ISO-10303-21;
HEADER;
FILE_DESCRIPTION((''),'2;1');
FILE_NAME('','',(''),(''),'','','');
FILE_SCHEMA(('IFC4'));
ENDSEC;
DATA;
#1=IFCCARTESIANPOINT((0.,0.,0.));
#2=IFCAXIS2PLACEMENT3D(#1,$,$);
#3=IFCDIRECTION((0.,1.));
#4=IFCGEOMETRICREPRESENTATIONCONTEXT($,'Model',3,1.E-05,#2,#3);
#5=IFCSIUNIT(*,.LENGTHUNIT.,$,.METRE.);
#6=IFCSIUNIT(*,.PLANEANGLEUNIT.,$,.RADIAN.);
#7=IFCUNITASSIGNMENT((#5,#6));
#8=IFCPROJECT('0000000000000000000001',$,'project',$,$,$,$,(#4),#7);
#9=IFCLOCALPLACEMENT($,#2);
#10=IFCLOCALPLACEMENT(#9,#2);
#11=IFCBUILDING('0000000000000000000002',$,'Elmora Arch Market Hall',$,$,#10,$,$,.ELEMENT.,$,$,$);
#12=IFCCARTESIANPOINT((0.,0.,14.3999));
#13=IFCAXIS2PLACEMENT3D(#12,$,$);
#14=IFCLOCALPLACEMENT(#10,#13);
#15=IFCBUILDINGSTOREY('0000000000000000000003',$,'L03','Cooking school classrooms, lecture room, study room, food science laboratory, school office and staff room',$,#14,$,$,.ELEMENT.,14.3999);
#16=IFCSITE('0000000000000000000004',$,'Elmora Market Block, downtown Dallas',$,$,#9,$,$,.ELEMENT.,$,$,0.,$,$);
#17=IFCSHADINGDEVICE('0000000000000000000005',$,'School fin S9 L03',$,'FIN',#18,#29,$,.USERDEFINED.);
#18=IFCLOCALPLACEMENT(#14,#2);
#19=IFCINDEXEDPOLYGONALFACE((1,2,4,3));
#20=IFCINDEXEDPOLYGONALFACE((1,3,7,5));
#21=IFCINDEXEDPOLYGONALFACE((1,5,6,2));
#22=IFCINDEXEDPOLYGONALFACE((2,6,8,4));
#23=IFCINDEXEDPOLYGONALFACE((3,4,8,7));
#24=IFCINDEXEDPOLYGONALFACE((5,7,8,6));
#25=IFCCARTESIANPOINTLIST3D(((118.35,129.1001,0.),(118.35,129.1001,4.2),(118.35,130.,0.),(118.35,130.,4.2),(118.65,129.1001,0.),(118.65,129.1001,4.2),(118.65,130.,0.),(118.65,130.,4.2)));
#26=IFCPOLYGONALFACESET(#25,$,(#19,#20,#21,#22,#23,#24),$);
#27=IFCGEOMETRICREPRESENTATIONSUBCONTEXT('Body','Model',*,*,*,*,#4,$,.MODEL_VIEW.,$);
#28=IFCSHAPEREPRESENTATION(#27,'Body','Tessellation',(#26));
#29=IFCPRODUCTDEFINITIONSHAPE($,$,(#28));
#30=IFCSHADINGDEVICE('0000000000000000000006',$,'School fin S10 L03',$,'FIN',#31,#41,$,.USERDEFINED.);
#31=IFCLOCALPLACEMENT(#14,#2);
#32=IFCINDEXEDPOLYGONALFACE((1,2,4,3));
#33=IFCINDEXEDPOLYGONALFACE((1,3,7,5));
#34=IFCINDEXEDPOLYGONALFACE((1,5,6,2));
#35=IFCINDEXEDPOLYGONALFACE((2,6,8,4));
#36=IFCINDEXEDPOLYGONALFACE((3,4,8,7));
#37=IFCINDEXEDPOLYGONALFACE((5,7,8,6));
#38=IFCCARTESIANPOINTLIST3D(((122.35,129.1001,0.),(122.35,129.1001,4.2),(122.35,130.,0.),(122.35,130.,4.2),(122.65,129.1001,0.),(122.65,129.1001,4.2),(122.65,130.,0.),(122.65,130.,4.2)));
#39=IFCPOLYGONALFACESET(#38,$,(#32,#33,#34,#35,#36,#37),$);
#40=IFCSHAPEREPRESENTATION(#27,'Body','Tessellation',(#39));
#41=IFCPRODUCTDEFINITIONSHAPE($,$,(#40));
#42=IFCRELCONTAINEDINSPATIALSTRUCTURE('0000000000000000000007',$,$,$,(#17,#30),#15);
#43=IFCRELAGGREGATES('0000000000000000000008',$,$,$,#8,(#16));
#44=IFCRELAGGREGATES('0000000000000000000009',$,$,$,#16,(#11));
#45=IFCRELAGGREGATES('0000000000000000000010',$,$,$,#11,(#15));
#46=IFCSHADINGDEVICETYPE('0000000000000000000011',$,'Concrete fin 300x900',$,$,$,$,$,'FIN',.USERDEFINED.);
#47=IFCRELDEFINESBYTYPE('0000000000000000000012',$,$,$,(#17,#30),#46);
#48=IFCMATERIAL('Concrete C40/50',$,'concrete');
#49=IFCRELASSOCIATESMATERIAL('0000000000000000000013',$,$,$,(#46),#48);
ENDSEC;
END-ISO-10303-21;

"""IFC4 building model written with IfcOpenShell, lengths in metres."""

from ifc_helpers import new_model, si_unit, direction, frame, origin, origin_2d, place, context, subcontext, project, spatial, rectangle, extrude, material, type_object, element, save


model = new_model("IFC4")

# Units and contexts
model_context = context("Model", 3, precision=1e-05, world=origin(), true_north=direction((0.0, 1.0)))
body_context = subcontext(model_context, "Body", "Model", "MODEL_VIEW")
ifc_project = project(units=[si_unit("LENGTHUNIT", "METRE"), si_unit("PLANEANGLEUNIT", "RADIAN")], contexts=[model_context])

# Site, building, storey
site_placement = place(None, origin())
site = spatial("IfcSite", under=ifc_project, at=site_placement, Name="Elmora Market Block, downtown Dallas", CompositionType="ELEMENT", RefElevation=0.0)
building_placement = place(site_placement, origin())
building = spatial("IfcBuilding", under=site, at=building_placement, Name="Elmora Arch Market Hall", CompositionType="ELEMENT")
storey_placement = place(building_placement, frame((0.0, 0.0, 14.3999)))
storey = spatial("IfcBuildingStorey", under=building, at=storey_placement, Name="L03", Description="Cooking school classrooms, lecture room, study room, food science laboratory, school office and staff room", CompositionType="ELEMENT", Elevation=14.3999)

# Shading devices
ifc_material_1 = material(Name="Concrete C40/50", Category="concrete")
shading_device_type_1 = type_object("IfcShadingDeviceType", Name="Concrete fin 300x900", ElementType="FIN", PredefinedType="USERDEFINED", material=ifc_material_1)
for number, where, z_axis, x_axis, name in (
    (1, (118.5, 129.55, 0.0), (0.0, 0.0, 1.0), (1.0, 0.0, 0.0), "School fin S9 L03"),
    (2, (122.5, 129.55, 0.0), (0.0, 0.0, 1.0), (1.0, 0.0, 0.0), "School fin S10 L03"),
):
    element("IfcShadingDevice", number, at=place(storey_placement, frame(where, z_axis=z_axis, x_axis=x_axis)), inside=storey, type_object=shading_device_type_1, Name=name, ObjectType="FIN", PredefinedType="USERDEFINED", context=body_context, shape_type="SweptSolid", body=[
        extrude(rectangle(XDim=0.3, YDim=0.8999, at=origin_2d()), origin(), (0.0, 0.0, 1.0), 4.2),
    ])

save(model, "model.ifc")
